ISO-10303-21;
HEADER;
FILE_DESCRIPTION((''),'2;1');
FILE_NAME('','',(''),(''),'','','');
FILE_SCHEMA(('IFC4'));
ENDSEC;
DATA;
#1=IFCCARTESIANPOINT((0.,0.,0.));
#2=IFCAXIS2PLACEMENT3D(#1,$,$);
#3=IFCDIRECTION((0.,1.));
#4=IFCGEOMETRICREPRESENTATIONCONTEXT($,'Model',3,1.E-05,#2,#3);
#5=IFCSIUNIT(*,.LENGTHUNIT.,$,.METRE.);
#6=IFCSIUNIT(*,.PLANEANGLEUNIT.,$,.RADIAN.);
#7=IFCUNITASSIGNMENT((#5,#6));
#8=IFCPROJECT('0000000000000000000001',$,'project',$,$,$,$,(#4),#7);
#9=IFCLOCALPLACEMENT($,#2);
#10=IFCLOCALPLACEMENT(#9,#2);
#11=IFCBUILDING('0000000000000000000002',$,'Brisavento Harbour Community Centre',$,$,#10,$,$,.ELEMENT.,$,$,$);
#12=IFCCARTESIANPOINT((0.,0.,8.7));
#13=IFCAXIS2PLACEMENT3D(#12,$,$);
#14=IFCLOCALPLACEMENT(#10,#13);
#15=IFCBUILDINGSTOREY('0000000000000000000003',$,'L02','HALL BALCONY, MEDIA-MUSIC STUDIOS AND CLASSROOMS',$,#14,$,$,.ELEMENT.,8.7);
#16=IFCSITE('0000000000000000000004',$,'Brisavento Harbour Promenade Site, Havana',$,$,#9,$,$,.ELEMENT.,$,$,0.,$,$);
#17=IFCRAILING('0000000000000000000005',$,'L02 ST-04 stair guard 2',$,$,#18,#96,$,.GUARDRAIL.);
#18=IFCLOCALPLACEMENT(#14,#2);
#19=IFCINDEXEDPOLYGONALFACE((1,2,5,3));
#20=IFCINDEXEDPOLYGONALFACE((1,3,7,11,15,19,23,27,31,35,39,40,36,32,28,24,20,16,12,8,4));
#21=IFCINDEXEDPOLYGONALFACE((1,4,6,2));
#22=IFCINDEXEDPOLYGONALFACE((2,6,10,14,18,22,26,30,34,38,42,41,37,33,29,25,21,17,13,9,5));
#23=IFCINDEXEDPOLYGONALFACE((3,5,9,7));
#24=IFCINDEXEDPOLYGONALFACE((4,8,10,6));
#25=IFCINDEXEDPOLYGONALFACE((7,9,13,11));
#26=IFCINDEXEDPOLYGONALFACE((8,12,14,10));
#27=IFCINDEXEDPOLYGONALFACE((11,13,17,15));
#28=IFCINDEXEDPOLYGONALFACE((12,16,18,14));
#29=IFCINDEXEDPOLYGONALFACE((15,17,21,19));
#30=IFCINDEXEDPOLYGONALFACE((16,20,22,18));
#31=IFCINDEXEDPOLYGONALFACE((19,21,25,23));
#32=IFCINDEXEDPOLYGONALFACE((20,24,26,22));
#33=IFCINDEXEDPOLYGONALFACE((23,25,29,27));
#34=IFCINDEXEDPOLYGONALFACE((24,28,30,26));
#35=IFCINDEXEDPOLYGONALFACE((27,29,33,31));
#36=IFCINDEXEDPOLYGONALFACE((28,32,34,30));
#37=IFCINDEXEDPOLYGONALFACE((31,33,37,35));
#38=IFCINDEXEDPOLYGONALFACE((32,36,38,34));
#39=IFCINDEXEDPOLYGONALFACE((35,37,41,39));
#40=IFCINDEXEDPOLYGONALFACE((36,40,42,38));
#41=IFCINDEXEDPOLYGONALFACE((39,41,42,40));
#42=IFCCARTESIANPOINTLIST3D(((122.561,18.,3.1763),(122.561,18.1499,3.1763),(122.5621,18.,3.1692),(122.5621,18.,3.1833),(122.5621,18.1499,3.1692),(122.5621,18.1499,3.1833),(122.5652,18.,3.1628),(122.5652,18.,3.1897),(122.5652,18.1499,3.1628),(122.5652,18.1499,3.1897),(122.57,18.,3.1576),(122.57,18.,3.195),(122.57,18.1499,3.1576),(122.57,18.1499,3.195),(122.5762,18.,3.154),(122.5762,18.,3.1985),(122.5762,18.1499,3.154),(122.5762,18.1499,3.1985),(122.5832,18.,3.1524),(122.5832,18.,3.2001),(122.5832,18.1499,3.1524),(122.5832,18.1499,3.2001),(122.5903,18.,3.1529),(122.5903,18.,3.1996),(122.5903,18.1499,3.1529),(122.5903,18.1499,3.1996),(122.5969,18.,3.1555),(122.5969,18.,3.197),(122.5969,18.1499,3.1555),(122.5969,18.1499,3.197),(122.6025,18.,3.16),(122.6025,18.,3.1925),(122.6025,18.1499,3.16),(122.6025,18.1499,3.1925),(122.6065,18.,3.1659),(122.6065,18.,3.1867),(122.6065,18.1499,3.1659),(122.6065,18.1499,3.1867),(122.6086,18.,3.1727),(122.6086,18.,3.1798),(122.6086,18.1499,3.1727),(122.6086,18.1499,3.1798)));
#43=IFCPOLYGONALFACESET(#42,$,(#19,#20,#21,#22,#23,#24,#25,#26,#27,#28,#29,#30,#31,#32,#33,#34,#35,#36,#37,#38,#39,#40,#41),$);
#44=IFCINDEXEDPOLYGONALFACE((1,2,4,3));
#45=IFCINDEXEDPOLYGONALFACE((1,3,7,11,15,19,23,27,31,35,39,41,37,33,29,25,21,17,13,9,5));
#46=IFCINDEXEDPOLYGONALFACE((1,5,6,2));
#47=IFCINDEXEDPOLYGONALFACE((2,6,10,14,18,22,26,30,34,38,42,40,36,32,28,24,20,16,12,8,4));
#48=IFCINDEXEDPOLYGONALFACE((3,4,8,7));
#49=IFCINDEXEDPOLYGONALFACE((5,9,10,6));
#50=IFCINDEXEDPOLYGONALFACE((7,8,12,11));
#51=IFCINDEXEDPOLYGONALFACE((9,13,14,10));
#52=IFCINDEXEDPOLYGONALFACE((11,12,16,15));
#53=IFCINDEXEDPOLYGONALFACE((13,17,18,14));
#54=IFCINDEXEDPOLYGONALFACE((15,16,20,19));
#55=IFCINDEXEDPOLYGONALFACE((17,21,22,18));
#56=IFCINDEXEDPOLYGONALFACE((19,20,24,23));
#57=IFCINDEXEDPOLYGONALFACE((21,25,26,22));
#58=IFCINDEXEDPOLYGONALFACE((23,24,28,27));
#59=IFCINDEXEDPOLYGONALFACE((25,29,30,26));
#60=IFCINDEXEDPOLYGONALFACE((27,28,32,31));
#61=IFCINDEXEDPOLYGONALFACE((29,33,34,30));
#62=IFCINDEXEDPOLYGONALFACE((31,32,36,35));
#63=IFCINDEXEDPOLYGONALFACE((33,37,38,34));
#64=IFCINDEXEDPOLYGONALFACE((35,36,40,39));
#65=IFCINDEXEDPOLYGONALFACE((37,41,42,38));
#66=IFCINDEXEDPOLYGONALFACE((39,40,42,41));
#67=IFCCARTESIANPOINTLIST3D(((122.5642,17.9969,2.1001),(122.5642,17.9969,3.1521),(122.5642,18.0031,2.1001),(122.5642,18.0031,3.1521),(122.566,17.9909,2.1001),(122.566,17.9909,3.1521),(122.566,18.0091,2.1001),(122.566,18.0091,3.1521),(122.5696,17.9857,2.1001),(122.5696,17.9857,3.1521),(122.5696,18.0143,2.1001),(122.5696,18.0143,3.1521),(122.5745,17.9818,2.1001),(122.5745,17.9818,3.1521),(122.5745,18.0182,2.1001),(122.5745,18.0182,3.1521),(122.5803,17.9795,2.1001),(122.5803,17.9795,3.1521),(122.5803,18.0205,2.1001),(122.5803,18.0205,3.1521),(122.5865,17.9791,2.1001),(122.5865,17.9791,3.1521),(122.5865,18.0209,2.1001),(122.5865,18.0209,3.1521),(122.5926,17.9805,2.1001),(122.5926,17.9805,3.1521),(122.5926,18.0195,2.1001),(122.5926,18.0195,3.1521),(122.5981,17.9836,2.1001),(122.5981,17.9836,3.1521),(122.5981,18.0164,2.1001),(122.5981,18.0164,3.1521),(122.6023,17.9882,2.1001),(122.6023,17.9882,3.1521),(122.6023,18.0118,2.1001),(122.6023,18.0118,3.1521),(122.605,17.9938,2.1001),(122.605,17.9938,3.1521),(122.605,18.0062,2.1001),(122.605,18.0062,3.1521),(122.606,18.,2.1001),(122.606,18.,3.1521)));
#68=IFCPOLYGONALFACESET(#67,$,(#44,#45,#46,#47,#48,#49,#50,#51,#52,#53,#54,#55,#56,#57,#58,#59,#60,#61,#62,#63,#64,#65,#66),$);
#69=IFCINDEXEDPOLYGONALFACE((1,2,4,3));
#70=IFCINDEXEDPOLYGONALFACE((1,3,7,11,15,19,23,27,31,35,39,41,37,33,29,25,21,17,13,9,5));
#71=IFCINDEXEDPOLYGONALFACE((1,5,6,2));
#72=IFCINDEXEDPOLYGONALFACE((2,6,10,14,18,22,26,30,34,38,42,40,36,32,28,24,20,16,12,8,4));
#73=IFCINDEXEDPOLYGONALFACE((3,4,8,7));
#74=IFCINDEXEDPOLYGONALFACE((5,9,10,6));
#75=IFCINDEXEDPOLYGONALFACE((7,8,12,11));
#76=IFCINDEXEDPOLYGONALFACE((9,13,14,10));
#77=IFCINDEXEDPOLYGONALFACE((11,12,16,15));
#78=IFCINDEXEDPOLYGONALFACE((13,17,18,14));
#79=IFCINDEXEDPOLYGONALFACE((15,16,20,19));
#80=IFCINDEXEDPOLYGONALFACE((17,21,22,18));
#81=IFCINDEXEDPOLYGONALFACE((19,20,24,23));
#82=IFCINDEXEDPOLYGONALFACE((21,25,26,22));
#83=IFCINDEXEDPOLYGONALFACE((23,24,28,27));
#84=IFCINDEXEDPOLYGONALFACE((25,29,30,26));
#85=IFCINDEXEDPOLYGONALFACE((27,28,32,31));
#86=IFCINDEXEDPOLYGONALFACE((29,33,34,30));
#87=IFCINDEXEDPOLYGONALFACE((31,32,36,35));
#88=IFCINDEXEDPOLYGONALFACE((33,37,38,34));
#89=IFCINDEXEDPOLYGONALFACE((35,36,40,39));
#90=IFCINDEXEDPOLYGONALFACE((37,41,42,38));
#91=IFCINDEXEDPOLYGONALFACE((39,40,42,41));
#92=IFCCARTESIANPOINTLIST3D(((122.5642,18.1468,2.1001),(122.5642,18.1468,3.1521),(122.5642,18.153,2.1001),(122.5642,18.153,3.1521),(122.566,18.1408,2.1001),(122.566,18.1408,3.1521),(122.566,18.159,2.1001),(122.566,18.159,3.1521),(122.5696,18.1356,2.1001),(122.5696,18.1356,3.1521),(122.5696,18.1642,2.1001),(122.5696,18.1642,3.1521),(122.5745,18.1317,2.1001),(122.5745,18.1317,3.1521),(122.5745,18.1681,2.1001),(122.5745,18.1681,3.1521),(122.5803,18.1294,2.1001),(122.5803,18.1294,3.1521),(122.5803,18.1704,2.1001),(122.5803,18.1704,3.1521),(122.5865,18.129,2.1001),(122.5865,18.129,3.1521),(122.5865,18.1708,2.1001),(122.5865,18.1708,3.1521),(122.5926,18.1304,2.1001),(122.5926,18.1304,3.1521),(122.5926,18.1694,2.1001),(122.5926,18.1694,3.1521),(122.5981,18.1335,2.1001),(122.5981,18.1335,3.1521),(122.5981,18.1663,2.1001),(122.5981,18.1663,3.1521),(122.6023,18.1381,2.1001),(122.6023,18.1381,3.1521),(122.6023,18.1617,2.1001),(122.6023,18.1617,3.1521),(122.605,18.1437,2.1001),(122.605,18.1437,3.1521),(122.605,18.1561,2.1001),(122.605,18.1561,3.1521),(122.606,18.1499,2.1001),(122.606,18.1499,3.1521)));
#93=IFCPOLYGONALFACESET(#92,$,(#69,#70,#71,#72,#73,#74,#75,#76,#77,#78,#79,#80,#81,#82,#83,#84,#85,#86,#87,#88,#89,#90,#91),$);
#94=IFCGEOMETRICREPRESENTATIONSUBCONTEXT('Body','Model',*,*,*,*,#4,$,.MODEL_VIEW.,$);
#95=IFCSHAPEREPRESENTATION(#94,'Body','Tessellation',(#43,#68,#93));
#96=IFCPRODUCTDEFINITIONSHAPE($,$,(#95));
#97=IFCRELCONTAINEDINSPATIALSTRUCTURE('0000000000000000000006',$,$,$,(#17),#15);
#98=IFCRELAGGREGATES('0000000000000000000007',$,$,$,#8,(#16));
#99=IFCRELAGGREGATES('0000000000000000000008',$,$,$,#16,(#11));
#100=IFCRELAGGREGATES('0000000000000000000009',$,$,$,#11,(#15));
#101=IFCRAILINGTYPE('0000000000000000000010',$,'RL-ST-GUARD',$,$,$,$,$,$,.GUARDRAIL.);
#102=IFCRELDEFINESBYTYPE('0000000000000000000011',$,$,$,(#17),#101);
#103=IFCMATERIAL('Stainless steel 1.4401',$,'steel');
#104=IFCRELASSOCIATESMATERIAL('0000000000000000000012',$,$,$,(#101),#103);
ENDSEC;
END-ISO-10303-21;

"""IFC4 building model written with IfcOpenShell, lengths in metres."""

from ifc_helpers import new_model, si_unit, direction, frame, origin, origin_2d, place, context, subcontext, project, spatial, circle, extrude, material, type_object, element, save


model = new_model("IFC4")

# Units and contexts
model_context = context("Model", 3, precision=1e-05, world=origin(), true_north=direction((0.0, 1.0)))
body_context = subcontext(model_context, "Body", "Model", "MODEL_VIEW")
ifc_project = project(units=[si_unit("LENGTHUNIT", "METRE"), si_unit("PLANEANGLEUNIT", "RADIAN")], contexts=[model_context])

# Site, building, storey
site_placement = place(None, origin())
site = spatial("IfcSite", under=ifc_project, at=site_placement, Name="Brisavento Harbour Promenade Site, Havana", CompositionType="ELEMENT", RefElevation=0.0)
building_placement = place(site_placement, origin())
building = spatial("IfcBuilding", under=site, at=building_placement, Name="Brisavento Harbour Community Centre", CompositionType="ELEMENT")
storey_placement = place(building_placement, frame((0.0, 0.0, 8.7)))
storey = spatial("IfcBuildingStorey", under=building, at=storey_placement, Name="L02", Description="HALL BALCONY, MEDIA-MUSIC STUDIOS AND CLASSROOMS", CompositionType="ELEMENT", Elevation=8.7)

# Railing
ifc_material_1 = material(Name="Stainless steel 1.4401", Category="steel")
railing_type_1 = type_object("IfcRailingType", Name="RL-ST-GUARD", PredefinedType="GUARDRAIL", material=ifc_material_1)
railing_1_placement = place(storey_placement, frame((122.585, 18.0, 2.1001)))
element("IfcRailing", 1, at=railing_1_placement, inside=storey, type_object=railing_type_1, Name="L02 ST-04 stair guard 2", PredefinedType="GUARDRAIL", context=body_context, shape_type="SweptSolid", body=[
    extrude(circle(Radius=0.0239, at=origin_2d()), frame((0.0, 0.0, 1.0762), z_axis=(0.0, 1.0, 0.0), x_axis=(-1.0, 0.0, 0.0)), (0.0, 0.0, 1.0), 0.1499),
    extrude(circle(Radius=0.021, at=origin_2d()), origin(), (0.0, 0.0, 1.0), 1.052),
    extrude(circle(Radius=0.021, at=origin_2d()), frame((0.0, 0.1499, 0.0)), (0.0, 0.0, 1.0), 1.052),
])

save(model, "model.ifc")
